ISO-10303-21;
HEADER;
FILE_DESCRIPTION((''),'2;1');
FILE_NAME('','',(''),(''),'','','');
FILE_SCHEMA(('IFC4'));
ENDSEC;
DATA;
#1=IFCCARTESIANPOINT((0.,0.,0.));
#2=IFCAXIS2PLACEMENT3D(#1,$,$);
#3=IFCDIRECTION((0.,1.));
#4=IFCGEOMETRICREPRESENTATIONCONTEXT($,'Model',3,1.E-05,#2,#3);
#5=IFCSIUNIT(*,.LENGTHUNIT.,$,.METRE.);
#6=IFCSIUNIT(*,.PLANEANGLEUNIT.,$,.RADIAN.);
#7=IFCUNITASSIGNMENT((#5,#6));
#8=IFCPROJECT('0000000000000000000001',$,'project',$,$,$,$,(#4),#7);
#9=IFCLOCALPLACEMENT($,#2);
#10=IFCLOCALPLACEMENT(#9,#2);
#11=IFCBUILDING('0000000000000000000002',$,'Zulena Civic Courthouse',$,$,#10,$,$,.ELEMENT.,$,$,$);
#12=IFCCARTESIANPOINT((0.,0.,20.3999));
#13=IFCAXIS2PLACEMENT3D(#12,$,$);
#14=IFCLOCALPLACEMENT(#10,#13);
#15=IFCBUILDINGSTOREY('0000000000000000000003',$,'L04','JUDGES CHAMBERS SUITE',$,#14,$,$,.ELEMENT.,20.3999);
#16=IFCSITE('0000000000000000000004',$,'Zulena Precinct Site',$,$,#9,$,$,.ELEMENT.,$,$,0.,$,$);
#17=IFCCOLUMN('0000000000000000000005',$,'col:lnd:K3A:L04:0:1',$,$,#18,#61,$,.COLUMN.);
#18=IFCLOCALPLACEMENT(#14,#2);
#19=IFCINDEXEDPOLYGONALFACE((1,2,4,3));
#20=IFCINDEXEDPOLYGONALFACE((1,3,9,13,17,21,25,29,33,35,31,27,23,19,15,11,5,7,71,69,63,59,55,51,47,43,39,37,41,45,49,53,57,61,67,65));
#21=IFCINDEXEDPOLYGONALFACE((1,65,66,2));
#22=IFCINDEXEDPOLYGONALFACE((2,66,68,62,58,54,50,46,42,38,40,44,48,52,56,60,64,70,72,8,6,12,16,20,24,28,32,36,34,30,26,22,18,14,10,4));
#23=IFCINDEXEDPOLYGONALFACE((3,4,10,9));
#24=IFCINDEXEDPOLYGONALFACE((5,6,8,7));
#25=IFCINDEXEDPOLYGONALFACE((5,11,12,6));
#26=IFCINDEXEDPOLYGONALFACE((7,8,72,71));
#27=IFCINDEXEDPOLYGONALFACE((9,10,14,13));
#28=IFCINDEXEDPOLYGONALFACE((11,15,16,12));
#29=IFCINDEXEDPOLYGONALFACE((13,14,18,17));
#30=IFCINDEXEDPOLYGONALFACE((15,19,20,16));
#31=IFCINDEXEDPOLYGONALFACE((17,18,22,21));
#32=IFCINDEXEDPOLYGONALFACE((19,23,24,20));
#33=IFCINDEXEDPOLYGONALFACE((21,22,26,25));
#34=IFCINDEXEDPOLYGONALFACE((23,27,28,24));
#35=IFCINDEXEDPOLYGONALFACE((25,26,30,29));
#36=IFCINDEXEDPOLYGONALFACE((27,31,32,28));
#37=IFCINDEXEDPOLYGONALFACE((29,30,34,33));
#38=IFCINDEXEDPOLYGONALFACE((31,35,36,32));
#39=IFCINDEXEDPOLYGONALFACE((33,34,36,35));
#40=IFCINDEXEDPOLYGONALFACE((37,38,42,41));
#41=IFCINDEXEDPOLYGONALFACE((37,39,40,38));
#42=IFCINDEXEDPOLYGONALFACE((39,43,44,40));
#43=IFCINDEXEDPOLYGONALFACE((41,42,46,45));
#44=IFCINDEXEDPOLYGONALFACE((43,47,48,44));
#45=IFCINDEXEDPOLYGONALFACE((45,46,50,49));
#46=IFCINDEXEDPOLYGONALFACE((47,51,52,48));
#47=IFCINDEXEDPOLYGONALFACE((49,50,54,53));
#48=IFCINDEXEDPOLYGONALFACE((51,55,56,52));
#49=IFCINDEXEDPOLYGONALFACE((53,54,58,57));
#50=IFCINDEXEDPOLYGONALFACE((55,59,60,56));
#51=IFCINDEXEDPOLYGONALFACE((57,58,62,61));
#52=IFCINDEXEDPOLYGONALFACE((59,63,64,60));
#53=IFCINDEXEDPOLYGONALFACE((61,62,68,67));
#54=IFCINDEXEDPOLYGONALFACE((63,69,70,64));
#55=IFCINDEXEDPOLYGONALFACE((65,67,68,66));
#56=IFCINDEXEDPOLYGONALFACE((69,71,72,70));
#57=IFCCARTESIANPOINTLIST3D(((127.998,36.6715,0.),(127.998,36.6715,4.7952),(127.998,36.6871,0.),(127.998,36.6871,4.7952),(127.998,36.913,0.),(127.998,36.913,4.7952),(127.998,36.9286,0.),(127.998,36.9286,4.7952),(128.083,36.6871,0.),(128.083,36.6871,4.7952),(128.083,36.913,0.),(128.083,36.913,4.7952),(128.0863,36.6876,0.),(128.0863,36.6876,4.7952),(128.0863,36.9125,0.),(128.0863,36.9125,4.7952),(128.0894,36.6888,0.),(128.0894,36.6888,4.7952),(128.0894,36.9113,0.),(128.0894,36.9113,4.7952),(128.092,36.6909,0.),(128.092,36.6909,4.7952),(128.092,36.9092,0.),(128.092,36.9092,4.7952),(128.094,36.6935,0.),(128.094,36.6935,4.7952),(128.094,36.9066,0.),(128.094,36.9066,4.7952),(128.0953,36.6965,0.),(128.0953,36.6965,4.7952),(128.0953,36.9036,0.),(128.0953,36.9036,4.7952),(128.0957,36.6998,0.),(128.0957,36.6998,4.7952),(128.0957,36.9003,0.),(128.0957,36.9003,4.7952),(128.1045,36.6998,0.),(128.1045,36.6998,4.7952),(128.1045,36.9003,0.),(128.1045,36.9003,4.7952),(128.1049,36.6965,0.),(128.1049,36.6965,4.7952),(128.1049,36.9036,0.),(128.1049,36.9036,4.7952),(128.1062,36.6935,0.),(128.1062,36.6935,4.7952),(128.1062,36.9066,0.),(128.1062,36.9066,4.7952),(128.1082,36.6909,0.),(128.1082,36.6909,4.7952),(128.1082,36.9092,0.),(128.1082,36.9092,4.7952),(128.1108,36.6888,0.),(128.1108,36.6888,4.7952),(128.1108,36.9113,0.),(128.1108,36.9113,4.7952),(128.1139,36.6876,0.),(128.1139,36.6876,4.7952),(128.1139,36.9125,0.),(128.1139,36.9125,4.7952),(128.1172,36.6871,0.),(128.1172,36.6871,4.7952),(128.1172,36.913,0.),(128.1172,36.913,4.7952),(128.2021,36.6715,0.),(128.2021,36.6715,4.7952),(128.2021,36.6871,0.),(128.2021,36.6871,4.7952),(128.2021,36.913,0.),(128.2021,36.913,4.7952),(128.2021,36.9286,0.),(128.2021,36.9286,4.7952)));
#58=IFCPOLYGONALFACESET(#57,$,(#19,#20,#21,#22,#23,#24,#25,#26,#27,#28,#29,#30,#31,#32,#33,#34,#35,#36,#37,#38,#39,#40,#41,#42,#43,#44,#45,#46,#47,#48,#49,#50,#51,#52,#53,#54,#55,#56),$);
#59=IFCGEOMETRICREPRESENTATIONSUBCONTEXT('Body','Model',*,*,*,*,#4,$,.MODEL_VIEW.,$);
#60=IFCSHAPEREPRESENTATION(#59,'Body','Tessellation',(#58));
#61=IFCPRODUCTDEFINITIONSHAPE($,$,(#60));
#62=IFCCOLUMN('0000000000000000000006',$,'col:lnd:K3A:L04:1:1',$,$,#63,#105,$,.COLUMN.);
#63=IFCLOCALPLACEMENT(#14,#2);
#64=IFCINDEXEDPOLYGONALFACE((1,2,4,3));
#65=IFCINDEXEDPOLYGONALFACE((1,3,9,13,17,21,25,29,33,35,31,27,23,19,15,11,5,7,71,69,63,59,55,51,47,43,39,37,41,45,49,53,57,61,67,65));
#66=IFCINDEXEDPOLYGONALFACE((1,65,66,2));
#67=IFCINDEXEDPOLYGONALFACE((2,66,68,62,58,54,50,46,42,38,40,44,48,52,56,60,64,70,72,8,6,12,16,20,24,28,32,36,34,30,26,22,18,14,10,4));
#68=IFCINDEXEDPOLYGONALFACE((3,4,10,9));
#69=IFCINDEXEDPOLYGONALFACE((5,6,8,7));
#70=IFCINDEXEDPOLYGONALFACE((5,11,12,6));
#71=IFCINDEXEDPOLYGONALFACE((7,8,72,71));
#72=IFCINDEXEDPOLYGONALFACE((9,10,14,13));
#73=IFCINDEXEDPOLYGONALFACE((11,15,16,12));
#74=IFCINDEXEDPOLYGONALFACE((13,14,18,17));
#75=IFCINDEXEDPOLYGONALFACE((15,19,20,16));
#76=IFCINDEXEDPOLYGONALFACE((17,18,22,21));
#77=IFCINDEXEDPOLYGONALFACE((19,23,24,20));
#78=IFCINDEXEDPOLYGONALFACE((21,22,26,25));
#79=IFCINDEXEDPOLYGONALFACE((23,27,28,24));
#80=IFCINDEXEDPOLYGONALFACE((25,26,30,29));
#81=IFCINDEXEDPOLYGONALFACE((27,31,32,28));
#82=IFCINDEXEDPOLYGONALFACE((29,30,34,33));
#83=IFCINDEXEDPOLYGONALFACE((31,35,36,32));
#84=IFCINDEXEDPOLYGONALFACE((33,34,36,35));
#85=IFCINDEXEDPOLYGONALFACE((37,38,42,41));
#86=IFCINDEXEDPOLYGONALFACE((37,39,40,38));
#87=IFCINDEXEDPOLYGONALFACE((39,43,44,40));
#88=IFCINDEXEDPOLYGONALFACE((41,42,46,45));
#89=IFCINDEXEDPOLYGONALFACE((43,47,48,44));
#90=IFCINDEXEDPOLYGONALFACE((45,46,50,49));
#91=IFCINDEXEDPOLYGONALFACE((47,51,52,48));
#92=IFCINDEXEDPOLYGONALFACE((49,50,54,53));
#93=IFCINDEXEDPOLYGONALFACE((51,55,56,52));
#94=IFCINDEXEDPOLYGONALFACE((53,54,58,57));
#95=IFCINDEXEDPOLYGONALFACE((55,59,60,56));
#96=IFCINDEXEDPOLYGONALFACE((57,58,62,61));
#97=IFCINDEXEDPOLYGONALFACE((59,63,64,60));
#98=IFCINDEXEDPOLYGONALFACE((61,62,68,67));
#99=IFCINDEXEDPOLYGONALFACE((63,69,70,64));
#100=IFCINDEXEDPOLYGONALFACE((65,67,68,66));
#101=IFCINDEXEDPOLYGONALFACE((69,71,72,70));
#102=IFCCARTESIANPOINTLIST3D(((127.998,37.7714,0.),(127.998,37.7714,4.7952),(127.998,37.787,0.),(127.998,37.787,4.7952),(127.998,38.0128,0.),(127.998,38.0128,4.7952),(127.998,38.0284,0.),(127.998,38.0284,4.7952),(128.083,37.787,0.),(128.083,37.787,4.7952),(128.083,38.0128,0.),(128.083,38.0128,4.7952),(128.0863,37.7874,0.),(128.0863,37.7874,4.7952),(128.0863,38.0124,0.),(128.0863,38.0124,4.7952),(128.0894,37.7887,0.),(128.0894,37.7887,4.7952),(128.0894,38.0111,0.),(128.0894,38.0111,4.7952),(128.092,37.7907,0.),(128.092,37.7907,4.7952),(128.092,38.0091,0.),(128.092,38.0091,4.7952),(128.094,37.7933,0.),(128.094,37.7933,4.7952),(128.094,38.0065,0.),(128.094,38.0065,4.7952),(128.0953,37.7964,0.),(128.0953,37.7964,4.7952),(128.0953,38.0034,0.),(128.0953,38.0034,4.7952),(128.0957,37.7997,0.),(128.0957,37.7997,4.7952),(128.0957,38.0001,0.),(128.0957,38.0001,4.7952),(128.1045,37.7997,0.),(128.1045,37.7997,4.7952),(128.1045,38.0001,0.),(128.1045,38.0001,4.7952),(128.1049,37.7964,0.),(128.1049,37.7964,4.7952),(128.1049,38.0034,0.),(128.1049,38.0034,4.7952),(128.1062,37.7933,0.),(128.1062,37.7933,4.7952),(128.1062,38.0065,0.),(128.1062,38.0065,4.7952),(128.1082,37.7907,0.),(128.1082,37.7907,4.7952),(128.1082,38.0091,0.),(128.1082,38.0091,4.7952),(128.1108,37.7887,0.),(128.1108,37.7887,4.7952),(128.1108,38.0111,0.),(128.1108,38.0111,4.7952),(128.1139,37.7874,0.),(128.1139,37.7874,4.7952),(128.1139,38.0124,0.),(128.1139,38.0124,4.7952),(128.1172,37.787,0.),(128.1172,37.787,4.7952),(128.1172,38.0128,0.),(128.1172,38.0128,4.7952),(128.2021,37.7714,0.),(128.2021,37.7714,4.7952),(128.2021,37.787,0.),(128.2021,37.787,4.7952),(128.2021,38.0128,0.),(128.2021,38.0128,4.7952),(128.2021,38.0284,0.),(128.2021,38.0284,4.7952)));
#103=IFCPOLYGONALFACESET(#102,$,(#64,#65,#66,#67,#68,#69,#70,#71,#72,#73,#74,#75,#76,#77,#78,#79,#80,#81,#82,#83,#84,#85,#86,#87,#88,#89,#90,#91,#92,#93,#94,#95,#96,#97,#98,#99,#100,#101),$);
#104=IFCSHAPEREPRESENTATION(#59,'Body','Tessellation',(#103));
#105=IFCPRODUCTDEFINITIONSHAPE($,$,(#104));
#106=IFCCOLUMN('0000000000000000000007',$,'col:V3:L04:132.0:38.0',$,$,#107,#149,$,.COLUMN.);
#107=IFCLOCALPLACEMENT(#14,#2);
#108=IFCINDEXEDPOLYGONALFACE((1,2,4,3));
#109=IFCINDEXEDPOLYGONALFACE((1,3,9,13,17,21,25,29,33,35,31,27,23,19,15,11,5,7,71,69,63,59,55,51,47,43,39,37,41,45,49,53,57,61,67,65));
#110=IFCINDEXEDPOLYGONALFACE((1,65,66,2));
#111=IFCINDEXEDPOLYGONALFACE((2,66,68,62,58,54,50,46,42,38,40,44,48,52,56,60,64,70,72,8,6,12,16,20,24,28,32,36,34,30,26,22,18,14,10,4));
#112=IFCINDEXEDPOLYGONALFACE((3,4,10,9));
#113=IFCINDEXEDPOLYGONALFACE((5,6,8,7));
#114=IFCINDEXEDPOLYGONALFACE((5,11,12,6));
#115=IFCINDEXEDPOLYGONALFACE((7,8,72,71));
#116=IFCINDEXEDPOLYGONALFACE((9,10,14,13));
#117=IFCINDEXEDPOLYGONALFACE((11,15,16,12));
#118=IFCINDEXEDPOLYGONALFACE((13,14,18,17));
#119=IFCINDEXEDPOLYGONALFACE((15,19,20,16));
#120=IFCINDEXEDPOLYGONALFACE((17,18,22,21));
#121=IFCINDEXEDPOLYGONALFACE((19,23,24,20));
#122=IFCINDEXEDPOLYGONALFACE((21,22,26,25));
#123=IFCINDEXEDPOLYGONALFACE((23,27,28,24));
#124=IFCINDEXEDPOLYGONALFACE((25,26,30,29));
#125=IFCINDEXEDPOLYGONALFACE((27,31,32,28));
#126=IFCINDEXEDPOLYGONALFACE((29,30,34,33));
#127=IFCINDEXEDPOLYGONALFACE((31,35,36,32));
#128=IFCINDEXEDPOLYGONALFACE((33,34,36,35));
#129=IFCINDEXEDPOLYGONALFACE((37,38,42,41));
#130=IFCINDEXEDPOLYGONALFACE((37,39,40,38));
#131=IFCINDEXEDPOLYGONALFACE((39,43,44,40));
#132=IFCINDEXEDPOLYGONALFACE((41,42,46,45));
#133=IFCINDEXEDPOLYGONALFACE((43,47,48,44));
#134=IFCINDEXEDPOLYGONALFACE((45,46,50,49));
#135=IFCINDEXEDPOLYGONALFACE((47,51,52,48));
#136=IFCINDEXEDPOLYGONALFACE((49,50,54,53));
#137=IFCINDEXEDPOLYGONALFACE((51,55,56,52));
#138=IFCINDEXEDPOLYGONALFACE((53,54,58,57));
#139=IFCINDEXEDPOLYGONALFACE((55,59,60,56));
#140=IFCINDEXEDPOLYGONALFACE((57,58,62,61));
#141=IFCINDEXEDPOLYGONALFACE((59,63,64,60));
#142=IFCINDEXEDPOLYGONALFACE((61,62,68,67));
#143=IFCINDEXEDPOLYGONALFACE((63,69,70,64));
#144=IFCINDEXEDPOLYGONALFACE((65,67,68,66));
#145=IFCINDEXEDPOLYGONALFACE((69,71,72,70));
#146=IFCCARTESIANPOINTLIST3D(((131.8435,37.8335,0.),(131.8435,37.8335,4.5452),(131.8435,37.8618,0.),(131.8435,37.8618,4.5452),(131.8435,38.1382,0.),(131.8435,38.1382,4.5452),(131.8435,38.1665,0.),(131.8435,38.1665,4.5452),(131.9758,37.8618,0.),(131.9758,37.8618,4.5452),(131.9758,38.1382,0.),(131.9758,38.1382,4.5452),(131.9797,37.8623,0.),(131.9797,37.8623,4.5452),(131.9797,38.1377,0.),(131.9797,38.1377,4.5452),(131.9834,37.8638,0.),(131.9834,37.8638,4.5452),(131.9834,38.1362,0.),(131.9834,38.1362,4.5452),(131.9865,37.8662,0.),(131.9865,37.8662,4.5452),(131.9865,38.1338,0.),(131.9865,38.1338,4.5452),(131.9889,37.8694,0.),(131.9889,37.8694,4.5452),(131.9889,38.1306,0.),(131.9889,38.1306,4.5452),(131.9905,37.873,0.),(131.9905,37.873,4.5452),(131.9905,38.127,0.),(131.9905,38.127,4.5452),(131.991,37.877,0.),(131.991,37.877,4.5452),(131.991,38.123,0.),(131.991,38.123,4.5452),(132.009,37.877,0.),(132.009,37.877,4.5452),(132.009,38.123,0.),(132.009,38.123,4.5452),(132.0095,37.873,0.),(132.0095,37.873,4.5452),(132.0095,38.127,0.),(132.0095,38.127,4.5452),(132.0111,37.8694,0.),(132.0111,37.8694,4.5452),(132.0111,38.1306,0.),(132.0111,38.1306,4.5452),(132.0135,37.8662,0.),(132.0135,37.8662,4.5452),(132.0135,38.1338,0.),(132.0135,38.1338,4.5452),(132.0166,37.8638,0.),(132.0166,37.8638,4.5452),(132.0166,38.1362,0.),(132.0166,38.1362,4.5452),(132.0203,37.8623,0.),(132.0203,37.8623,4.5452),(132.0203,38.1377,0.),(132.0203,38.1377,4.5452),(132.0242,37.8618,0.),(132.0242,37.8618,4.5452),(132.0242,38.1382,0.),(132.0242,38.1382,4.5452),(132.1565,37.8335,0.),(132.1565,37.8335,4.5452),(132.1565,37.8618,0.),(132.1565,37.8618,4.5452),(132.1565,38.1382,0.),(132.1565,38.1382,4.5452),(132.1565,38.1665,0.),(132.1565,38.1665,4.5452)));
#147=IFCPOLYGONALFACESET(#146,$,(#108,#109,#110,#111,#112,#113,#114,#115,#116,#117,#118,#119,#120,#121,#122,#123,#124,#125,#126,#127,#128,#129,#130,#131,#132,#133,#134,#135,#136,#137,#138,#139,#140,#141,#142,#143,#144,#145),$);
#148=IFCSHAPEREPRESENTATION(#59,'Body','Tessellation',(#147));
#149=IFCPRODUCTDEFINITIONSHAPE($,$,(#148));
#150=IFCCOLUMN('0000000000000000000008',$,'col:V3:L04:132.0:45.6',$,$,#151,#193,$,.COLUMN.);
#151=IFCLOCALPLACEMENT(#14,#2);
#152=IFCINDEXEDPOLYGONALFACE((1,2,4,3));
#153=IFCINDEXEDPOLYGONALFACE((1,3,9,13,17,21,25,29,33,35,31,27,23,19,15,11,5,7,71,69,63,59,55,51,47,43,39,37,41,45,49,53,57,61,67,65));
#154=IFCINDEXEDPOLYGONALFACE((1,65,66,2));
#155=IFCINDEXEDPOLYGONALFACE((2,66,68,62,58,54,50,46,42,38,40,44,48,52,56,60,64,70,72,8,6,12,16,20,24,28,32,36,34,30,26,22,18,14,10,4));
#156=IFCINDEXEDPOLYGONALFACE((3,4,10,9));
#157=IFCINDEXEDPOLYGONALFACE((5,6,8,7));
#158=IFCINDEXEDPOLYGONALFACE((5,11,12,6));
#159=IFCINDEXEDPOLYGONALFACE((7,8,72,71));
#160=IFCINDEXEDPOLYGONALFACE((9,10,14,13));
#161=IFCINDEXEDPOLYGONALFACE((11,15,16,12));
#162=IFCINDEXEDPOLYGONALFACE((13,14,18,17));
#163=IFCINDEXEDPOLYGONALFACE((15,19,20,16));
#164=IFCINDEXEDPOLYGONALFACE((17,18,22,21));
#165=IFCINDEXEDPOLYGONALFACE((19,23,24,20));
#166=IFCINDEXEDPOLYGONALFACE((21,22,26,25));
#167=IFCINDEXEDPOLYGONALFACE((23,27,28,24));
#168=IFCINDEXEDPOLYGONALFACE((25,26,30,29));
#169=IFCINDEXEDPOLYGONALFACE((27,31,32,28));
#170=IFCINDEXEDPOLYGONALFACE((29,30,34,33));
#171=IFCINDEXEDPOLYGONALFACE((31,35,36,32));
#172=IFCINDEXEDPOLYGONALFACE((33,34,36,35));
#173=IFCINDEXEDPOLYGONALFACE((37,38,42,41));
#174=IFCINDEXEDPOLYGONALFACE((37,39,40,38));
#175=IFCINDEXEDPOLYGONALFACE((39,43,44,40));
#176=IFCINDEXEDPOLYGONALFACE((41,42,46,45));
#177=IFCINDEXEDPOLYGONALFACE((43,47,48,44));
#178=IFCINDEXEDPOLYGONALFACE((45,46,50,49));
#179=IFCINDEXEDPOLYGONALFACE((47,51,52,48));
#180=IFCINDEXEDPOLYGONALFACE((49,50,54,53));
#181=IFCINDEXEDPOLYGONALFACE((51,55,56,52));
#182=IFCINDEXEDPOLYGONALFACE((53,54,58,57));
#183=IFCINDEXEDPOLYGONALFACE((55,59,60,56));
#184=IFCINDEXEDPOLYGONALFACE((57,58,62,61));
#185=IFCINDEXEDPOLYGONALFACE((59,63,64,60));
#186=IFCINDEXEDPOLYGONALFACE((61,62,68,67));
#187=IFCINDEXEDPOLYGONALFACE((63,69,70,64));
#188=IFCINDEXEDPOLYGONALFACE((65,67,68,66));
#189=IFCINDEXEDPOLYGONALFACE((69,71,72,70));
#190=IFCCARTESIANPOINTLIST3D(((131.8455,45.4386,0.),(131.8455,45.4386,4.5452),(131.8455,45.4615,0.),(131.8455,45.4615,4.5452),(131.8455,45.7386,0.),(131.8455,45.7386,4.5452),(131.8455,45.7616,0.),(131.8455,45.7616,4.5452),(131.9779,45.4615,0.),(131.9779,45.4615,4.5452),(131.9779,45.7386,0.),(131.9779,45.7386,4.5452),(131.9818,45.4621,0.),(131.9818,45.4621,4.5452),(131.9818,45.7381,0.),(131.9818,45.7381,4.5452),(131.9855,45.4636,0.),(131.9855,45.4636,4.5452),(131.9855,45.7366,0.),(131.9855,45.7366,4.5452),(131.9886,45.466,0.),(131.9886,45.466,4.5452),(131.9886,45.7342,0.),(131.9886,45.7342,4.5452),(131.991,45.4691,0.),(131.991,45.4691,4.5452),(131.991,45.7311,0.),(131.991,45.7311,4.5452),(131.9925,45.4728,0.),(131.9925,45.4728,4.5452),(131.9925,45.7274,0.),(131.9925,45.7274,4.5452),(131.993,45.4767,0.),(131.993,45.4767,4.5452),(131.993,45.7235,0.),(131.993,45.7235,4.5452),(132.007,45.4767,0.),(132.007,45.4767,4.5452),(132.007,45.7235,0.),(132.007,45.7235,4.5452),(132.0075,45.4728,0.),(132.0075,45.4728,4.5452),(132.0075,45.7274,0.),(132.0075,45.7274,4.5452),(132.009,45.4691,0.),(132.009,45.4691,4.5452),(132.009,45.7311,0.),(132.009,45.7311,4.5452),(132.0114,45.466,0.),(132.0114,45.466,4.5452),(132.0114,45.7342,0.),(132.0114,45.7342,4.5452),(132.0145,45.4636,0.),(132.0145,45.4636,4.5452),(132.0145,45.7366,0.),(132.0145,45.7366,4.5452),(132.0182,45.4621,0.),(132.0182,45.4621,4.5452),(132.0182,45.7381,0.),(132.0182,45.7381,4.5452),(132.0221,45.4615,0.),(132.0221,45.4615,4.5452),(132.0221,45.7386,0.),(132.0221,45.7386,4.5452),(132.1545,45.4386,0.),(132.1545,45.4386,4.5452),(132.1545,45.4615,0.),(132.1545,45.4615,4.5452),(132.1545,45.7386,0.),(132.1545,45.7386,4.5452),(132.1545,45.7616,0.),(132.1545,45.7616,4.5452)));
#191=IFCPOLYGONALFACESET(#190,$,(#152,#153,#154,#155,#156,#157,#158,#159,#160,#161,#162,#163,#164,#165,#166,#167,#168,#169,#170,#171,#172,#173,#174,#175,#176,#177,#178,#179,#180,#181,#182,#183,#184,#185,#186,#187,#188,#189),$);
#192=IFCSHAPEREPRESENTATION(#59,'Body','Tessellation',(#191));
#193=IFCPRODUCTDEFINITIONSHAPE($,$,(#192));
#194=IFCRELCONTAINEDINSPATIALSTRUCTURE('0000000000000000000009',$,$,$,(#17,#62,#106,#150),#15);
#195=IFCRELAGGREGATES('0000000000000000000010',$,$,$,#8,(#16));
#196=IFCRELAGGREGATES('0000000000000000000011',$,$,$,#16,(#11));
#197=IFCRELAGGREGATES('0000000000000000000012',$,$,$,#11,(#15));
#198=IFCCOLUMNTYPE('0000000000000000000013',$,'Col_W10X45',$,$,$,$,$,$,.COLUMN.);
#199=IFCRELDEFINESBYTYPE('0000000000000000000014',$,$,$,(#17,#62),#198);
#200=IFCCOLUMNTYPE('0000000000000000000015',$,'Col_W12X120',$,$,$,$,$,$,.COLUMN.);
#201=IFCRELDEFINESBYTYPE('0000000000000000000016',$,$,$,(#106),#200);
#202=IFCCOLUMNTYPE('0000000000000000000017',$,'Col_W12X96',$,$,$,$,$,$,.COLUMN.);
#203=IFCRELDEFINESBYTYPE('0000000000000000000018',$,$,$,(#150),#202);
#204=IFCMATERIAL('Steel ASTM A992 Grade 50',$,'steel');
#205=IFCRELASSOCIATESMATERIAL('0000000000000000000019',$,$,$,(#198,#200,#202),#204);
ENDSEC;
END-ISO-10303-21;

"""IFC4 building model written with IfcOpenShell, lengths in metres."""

from ifc_helpers import new_model, si_unit, direction, frame, origin, origin_2d, place, context, subcontext, project, spatial, i_section, extrude, material, material_profile, profile_set, type_object, element, save


model = new_model("IFC4")

# Units and contexts
model_context = context("Model", 3, precision=1e-05, world=origin(), true_north=direction((0.0, 1.0)))
body_context = subcontext(model_context, "Body", "Model", "MODEL_VIEW")
ifc_project = project(units=[si_unit("LENGTHUNIT", "METRE"), si_unit("PLANEANGLEUNIT", "RADIAN")], contexts=[model_context])

# Site, building, storey
site_placement = place(None, origin())
site = spatial("IfcSite", under=ifc_project, at=site_placement, Name="Zulena Precinct Site", CompositionType="ELEMENT", RefElevation=0.0)
building_placement = place(site_placement, origin())
building = spatial("IfcBuilding", under=site, at=building_placement, Name="Zulena Civic Courthouse", CompositionType="ELEMENT")
storey_placement = place(building_placement, frame((0.0, 0.0, 20.3999)))
storey = spatial("IfcBuildingStorey", under=building, at=storey_placement, Name="L04", Description="JUDGES CHAMBERS SUITE", CompositionType="ELEMENT", Elevation=20.3999)

# Columns
ifc_material_1 = material(Name="Steel ASTM A992 Grade 50", Category="steel")
ifc_material_profile_1 = material_profile(ifc_material_1, i_section(OverallWidth=0.2041, OverallDepth=0.2571, WebThickness=0.0088, FlangeThickness=0.0156, FilletRadius=0.0127, at=origin_2d()), Name="W10X45")
ifc_profile_set_1 = profile_set([ifc_material_profile_1], Name="Steel ASTM A992 Grade 50")
column_type_1 = type_object("IfcColumnType", Name="Col_W10X45", PredefinedType="COLUMN", material=ifc_profile_set_1)
for number, where, z_axis, x_axis, name in (
    (1, (128.1001, 36.8, 0.0), (0.0, 0.0, 1.0), (1.0, 0.0, 0.0), "col:lnd:K3A:L04:0:1"),
    (2, (128.1001, 37.8999, 0.0), (0.0, 0.0, 1.0), (1.0, 0.0, 0.0), "col:lnd:K3A:L04:1:1"),
):
    element("IfcColumn", number, at=place(storey_placement, frame(where, z_axis=z_axis, x_axis=x_axis)), inside=storey, type_object=column_type_1, Name=name, PredefinedType="COLUMN", context=body_context, shape_type="SweptSolid", body=[
        extrude(i_section(OverallWidth=0.2041, OverallDepth=0.2571, WebThickness=0.0088, FlangeThickness=0.0156, FilletRadius=0.0127, at=origin_2d()), origin(), (0.0, 0.0, 1.0), 4.7952),
    ])
ifc_material_profile_2 = material_profile(ifc_material_1, i_section(OverallWidth=0.313, OverallDepth=0.333, WebThickness=0.0181, FlangeThickness=0.0283, FilletRadius=0.0151, at=origin_2d()), Name="W12X120")
ifc_profile_set_2 = profile_set([ifc_material_profile_2], Name="Steel ASTM A992 Grade 50")
column_type_2 = type_object("IfcColumnType", Name="Col_W12X120", PredefinedType="COLUMN", material=ifc_profile_set_2)
column_1_placement = place(storey_placement, frame((132.0, 38.0, 0.0), z_axis=(0.0, 0.0, 1.0), x_axis=(1.0, 0.0, 0.0)))
element("IfcColumn", 3, at=column_1_placement, inside=storey, type_object=column_type_2, Name="col:V3:L04:132.0:38.0", PredefinedType="COLUMN", context=body_context, shape_type="SweptSolid", body=[
    extrude(i_section(OverallWidth=0.313, OverallDepth=0.333, WebThickness=0.0181, FlangeThickness=0.0283, FilletRadius=0.0151, at=origin_2d()), origin(), (0.0, 0.0, 1.0), 4.5452),
])
ifc_material_profile_3 = material_profile(ifc_material_1, i_section(OverallWidth=0.3091, OverallDepth=0.323, WebThickness=0.0139, FlangeThickness=0.0229, FilletRadius=0.0151, at=origin_2d()), Name="W12X96")
ifc_profile_set_3 = profile_set([ifc_material_profile_3], Name="Steel ASTM A992 Grade 50")
column_type_3 = type_object("IfcColumnType", Name="Col_W12X96", PredefinedType="COLUMN", material=ifc_profile_set_3)
column_2_placement = place(storey_placement, frame((132.0, 45.6001, 0.0), z_axis=(0.0, 0.0, 1.0), x_axis=(1.0, 0.0, 0.0)))
element("IfcColumn", 4, at=column_2_placement, inside=storey, type_object=column_type_3, Name="col:V3:L04:132.0:45.6", PredefinedType="COLUMN", context=body_context, shape_type="SweptSolid", body=[
    extrude(i_section(OverallWidth=0.3091, OverallDepth=0.323, WebThickness=0.0139, FlangeThickness=0.0229, FilletRadius=0.0151, at=origin_2d()), origin(), (0.0, 0.0, 1.0), 4.5452),
])

save(model, "model.ifc")
